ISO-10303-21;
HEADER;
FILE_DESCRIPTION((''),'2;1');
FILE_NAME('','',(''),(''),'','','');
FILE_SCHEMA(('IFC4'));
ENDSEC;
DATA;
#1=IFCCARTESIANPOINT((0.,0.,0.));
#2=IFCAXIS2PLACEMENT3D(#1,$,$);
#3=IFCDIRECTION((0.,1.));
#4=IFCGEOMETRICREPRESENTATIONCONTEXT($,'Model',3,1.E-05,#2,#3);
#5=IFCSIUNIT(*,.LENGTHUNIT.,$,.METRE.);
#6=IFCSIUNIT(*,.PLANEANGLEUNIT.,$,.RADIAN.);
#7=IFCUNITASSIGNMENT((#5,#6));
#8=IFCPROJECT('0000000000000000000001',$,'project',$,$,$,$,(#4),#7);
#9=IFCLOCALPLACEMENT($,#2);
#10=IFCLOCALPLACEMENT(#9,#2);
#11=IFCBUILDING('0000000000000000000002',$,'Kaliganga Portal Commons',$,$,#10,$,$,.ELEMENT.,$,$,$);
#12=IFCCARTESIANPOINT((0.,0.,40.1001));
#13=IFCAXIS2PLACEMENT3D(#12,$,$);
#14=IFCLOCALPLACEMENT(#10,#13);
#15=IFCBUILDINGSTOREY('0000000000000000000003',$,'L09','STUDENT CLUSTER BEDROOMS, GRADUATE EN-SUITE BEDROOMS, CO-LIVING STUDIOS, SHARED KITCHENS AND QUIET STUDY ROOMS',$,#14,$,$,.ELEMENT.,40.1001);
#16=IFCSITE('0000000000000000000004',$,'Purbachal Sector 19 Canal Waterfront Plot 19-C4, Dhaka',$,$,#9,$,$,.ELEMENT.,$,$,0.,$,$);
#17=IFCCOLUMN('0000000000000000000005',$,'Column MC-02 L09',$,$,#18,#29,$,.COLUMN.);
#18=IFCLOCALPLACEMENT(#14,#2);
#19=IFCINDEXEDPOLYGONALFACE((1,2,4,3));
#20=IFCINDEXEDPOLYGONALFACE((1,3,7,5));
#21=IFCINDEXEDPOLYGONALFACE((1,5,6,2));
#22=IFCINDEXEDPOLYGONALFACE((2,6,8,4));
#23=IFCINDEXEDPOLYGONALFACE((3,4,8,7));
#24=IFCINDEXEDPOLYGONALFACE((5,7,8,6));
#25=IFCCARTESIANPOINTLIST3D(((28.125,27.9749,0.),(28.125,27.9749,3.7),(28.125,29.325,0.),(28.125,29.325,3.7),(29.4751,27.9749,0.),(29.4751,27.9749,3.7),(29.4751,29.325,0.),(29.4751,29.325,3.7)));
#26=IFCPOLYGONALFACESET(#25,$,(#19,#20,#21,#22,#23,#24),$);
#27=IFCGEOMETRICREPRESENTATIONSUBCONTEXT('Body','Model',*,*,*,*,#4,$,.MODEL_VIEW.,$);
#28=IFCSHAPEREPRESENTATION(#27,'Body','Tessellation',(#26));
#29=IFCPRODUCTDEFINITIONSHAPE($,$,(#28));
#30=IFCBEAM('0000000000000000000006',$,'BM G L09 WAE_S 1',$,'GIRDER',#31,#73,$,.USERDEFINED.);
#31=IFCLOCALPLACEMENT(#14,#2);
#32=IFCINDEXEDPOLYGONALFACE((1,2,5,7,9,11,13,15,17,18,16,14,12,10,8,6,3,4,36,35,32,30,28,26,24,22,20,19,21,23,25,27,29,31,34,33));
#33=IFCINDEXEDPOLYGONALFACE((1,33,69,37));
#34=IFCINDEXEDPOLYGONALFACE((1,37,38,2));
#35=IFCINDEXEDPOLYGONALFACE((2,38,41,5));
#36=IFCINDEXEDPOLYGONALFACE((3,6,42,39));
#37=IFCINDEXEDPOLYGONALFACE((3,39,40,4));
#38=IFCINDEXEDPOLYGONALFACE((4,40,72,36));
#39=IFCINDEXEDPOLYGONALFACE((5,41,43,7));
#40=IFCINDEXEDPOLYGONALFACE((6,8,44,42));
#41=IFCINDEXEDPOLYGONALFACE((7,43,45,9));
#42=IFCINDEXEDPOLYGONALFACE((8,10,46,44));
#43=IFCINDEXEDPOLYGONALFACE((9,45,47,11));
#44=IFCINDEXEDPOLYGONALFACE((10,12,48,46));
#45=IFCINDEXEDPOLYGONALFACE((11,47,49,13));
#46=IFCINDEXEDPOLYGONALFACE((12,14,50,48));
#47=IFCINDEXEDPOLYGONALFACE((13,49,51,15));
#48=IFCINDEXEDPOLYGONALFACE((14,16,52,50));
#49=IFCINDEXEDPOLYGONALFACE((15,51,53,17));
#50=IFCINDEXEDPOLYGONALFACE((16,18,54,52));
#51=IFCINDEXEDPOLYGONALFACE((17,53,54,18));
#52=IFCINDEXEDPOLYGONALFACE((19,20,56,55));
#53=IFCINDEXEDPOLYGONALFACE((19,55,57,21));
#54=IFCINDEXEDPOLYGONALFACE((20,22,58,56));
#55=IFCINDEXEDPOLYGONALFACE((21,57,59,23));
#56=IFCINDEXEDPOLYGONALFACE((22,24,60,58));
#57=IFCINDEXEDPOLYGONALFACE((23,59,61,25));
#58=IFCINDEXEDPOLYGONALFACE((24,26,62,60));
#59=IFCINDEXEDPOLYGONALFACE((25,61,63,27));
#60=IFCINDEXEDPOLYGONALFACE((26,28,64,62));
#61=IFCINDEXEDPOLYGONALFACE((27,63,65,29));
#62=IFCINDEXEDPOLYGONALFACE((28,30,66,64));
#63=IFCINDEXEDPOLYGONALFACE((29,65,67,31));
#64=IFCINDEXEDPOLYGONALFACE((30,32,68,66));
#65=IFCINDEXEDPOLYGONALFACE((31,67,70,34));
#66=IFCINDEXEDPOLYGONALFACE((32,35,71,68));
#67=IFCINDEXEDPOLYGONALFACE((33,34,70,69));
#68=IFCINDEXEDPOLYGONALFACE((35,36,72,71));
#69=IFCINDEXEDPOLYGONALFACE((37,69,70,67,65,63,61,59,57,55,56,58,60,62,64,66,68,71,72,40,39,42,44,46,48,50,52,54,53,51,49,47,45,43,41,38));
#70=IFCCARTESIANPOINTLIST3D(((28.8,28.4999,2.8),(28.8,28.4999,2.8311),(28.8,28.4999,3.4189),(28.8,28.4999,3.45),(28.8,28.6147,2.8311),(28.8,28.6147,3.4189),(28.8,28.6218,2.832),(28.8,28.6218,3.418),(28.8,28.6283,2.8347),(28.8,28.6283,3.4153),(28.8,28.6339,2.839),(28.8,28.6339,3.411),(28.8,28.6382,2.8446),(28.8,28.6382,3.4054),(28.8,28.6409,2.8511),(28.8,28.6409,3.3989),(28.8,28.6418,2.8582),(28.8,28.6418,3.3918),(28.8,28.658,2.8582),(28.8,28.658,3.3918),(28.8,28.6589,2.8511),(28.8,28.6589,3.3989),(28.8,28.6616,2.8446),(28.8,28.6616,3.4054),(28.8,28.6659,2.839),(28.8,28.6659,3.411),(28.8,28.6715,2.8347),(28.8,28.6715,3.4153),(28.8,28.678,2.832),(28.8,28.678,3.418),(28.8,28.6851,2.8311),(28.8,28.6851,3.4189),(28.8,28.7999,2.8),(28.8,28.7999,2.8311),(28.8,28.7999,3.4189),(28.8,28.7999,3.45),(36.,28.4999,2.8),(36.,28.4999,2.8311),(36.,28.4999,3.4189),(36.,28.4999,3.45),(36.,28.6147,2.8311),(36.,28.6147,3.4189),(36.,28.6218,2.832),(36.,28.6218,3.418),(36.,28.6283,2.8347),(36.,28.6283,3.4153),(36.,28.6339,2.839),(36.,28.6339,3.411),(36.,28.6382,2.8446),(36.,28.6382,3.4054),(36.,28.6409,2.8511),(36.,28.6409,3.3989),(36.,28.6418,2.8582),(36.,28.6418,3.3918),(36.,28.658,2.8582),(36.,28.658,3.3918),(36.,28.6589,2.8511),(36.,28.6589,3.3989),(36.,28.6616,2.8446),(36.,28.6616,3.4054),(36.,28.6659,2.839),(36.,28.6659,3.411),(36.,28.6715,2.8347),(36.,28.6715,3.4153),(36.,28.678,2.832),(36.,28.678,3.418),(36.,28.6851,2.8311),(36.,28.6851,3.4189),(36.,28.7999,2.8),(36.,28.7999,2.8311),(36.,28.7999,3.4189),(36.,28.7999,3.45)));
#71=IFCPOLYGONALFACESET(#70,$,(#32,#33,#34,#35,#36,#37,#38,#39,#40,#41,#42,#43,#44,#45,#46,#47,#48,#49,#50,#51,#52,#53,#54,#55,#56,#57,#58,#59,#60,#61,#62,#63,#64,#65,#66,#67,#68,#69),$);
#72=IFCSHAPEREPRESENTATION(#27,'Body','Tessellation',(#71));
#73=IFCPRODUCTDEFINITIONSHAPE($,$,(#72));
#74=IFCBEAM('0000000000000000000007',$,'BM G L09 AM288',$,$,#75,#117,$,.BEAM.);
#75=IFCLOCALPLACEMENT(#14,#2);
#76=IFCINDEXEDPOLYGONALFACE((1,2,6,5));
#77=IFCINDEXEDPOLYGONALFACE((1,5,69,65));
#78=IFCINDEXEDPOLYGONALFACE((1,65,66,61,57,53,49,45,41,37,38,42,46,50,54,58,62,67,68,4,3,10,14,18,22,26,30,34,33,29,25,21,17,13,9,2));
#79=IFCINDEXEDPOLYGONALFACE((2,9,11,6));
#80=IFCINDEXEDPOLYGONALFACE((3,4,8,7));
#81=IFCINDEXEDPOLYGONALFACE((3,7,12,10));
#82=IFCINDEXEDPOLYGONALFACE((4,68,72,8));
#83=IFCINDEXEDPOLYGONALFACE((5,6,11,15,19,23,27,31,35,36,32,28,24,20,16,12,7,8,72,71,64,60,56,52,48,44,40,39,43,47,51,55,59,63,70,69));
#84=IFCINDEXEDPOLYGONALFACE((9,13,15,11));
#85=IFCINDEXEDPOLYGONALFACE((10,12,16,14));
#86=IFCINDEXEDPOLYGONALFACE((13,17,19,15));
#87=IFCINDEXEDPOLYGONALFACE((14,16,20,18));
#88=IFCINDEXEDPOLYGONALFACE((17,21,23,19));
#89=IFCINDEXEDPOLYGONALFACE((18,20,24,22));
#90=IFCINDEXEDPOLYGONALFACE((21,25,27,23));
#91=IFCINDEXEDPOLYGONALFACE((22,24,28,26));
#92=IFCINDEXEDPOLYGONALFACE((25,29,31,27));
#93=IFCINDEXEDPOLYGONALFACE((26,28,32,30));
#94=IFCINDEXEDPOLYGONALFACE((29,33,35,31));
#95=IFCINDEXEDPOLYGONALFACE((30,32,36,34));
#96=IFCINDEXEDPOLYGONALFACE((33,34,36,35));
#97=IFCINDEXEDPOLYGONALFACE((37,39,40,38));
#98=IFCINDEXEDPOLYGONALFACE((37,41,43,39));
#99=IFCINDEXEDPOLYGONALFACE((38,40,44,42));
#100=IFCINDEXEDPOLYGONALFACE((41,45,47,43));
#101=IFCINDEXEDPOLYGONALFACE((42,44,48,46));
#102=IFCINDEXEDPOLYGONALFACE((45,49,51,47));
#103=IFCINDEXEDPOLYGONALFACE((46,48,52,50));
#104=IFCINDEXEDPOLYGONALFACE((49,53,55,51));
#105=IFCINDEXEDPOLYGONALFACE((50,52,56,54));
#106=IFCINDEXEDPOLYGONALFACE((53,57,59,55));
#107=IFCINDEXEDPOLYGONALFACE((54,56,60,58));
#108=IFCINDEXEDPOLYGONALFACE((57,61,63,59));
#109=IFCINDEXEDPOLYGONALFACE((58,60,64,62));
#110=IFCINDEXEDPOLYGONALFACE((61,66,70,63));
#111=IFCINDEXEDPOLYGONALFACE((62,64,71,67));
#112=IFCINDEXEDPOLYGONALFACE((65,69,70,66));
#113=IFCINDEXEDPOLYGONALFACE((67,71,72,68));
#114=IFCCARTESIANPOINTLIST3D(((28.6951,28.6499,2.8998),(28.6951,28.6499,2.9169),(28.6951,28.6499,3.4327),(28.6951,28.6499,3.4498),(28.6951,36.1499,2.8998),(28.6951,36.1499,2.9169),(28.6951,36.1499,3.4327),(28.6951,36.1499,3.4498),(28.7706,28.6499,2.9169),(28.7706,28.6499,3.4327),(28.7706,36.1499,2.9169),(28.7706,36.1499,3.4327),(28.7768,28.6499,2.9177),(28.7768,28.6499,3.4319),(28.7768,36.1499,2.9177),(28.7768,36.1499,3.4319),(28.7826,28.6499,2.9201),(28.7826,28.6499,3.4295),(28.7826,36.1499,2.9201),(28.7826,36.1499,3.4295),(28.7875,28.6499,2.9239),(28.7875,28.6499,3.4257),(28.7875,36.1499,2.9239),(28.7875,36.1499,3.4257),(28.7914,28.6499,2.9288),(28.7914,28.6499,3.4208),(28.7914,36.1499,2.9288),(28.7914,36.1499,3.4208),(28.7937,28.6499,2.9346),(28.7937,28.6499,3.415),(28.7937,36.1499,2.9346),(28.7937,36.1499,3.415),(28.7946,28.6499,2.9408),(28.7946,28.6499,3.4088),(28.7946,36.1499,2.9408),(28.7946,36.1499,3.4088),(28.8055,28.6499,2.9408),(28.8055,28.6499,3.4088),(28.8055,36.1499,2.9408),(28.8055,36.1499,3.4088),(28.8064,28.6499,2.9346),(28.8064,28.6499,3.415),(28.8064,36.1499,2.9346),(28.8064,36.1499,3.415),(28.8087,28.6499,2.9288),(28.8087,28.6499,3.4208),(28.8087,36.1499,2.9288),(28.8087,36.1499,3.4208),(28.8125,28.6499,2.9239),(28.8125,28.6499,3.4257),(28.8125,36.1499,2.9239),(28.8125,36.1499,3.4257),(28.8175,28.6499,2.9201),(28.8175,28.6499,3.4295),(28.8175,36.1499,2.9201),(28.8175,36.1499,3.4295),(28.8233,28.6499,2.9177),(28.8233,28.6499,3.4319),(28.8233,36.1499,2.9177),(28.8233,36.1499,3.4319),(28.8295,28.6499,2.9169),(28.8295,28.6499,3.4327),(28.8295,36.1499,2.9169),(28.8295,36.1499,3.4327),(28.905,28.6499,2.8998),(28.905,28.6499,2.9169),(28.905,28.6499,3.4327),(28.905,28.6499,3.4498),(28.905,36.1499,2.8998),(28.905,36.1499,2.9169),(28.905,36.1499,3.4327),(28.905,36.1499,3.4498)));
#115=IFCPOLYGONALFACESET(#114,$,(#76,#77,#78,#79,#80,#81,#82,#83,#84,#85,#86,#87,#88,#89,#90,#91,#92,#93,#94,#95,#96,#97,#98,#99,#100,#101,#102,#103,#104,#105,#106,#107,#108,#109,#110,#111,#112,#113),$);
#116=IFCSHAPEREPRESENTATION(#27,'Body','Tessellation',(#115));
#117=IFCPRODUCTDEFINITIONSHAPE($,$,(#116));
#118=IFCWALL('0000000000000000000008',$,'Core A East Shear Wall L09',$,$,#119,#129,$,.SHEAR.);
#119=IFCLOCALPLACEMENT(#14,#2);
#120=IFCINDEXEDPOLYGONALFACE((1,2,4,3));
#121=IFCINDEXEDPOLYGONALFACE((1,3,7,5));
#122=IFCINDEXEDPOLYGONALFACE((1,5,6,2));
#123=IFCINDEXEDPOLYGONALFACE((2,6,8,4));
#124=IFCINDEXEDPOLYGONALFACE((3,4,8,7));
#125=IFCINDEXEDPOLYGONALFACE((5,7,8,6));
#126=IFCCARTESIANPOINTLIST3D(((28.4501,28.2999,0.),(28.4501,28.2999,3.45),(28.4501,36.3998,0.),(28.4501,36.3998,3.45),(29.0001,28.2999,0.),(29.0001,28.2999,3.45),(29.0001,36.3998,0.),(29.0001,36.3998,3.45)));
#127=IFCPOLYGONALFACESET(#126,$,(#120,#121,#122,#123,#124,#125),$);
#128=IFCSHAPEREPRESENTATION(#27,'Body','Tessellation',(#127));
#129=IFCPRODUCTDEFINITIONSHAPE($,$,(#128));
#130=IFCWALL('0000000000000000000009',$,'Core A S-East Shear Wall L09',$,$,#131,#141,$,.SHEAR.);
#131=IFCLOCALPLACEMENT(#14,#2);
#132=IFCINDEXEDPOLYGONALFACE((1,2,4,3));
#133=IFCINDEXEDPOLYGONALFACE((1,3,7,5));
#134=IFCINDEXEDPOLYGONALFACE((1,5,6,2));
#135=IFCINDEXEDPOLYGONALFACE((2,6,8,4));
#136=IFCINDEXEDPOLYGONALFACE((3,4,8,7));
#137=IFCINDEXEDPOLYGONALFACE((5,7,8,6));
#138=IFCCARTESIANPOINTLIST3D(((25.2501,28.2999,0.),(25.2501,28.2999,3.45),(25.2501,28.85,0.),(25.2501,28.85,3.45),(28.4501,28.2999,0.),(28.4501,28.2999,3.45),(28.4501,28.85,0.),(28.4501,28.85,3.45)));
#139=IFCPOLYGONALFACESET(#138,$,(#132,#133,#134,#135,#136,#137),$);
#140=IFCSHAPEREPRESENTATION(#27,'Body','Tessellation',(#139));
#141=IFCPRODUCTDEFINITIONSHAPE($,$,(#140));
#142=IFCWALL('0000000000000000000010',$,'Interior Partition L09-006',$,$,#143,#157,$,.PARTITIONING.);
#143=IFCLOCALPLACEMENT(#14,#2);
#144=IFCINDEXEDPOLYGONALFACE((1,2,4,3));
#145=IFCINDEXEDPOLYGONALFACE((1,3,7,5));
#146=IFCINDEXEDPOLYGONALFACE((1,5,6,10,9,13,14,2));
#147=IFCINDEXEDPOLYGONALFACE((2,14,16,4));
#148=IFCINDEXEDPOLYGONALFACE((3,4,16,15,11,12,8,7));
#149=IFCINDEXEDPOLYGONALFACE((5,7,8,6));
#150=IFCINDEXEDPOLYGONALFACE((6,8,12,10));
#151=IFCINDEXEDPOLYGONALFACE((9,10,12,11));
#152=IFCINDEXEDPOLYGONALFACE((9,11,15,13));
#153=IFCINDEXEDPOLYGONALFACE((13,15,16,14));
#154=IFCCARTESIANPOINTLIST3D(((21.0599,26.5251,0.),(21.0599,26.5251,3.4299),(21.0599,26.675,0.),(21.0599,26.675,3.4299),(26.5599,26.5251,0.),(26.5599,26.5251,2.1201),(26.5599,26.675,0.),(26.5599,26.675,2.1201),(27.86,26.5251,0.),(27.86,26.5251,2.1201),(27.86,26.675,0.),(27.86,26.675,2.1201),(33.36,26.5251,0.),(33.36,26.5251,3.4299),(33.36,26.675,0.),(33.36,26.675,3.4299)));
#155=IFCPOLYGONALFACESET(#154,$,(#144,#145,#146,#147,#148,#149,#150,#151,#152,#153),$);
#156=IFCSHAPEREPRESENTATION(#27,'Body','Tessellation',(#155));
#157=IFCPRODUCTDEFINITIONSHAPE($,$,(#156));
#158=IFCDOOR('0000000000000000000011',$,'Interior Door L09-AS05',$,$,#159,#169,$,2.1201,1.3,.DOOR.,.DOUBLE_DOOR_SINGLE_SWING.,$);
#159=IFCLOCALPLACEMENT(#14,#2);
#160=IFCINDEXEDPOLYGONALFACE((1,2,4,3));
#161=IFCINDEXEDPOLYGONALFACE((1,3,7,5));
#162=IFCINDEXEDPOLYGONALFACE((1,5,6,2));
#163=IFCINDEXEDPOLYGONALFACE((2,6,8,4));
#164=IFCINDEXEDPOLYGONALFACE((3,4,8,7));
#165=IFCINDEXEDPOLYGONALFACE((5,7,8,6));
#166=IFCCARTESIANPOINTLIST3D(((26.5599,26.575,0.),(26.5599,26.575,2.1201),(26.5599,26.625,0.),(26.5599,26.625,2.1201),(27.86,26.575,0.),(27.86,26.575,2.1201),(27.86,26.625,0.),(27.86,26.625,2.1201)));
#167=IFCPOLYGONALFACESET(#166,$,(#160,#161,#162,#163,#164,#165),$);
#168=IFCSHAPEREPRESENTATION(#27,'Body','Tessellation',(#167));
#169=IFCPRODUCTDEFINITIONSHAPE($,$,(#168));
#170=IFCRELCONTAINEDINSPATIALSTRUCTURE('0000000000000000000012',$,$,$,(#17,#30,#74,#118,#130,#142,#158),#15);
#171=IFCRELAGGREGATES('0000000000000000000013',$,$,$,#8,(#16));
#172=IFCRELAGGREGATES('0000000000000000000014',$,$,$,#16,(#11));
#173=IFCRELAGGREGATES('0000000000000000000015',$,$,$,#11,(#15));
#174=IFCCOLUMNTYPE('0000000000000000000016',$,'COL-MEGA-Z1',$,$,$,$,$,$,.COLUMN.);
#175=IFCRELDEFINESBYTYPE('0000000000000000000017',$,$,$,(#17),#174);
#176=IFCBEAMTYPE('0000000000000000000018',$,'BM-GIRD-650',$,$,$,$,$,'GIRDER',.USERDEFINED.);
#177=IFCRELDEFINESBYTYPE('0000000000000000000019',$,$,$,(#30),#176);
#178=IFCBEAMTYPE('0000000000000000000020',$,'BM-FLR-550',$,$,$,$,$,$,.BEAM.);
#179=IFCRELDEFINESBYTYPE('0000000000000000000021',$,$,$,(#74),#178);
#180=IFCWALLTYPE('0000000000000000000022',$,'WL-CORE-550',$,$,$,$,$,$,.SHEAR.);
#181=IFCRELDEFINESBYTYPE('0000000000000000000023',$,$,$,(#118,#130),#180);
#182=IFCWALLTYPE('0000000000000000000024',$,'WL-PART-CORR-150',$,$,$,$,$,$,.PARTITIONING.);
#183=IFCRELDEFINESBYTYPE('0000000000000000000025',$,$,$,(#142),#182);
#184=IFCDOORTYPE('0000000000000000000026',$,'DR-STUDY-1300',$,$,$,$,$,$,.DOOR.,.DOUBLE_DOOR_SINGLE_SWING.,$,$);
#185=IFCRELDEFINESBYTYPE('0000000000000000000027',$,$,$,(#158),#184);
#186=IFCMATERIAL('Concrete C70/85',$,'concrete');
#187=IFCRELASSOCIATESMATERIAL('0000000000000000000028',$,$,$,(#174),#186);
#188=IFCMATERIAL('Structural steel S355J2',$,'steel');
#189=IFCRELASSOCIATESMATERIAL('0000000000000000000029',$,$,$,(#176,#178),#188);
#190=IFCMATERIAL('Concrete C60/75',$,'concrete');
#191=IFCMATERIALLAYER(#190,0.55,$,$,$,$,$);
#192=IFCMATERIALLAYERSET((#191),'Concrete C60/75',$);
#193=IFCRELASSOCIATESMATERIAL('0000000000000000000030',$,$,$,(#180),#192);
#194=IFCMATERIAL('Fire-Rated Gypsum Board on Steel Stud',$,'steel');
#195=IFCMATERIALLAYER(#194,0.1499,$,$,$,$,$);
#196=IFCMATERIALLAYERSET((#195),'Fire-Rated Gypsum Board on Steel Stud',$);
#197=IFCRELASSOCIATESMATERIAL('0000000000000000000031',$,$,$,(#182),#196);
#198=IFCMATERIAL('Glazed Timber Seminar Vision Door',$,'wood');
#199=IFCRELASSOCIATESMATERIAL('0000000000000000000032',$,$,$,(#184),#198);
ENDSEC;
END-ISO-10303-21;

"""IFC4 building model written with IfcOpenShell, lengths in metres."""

from ifc_helpers import new_model, si_unit, direction, frame, frame_2d, origin, origin_2d, place, context, subcontext, project, spatial, rectangle, i_section, extrude, source, transform, mapped, material, layer, layer_set, material_profile, profile_set, type_object, element, fill, save


model = new_model("IFC4")

# Units and contexts
model_context = context("Model", 3, precision=1e-05, world=origin(), true_north=direction((0.0, 1.0)))
body_context = subcontext(model_context, "Body", "Model", "MODEL_VIEW")
ifc_project = project(units=[si_unit("LENGTHUNIT", "METRE"), si_unit("PLANEANGLEUNIT", "RADIAN")], contexts=[model_context])

# Site, building, storey
site_placement = place(None, origin())
site = spatial("IfcSite", under=ifc_project, at=site_placement, Name="Purbachal Sector 19 Canal Waterfront Plot 19-C4, Dhaka", CompositionType="ELEMENT", RefElevation=0.0)
building_placement = place(site_placement, origin())
building = spatial("IfcBuilding", under=site, at=building_placement, Name="Kaliganga Portal Commons", CompositionType="ELEMENT")
storey_placement = place(building_placement, frame((0.0, 0.0, 40.1001)))
storey = spatial("IfcBuildingStorey", under=building, at=storey_placement, Name="L09", Description="STUDENT CLUSTER BEDROOMS, GRADUATE EN-SUITE BEDROOMS, CO-LIVING STUDIOS, SHARED KITCHENS AND QUIET STUDY ROOMS", CompositionType="ELEMENT", Elevation=40.1001)

# Column
ifc_material_1 = material(Name="Concrete C70/85", Category="concrete")
ifc_material_profile_1 = material_profile(ifc_material_1, rectangle(XDim=1.3501, YDim=1.3501, at=origin_2d()), Name="RC 1350x1350")
ifc_profile_set_1 = profile_set([ifc_material_profile_1], Name="Concrete C70/85")
column_type = type_object("IfcColumnType", Name="COL-MEGA-Z1", PredefinedType="COLUMN", material=ifc_profile_set_1)
shared_shape_1 = source(origin(), body_context, "Body", "SweptSolid", [
    extrude(rectangle(XDim=1.3501, YDim=1.3501, at=origin_2d()), origin(), (0.0, 0.0, 1.0), 3.7),
])
column_placement = place(storey_placement, frame((28.8, 28.6499, 0.0), z_axis=(0.0, 0.0, 1.0), x_axis=(1.0, 0.0, 0.0)))
element("IfcColumn", 1, at=column_placement, inside=storey, type_object=column_type, Name="Column MC-02 L09", PredefinedType="COLUMN", context=body_context, shape_type="MappedRepresentation", body=[
    mapped(shared_shape_1, transform((0.0, 0.0, 0.0), x_axis=(1.0, 0.0, 0.0), y_axis=(0.0, 1.0, 0.0), z_axis=(0.0, 0.0, 1.0), scale=1.0)),
])

# Beams
ifc_material_2 = material(Name="Structural steel S355J2", Category="steel")
ifc_material_profile_2 = material_profile(ifc_material_2, i_section(OverallWidth=0.3, OverallDepth=0.6499, WebThickness=0.0161, FlangeThickness=0.031, FilletRadius=0.0271, at=origin_2d()), Name="HE 650 B")
ifc_profile_set_2 = profile_set([ifc_material_profile_2], Name="Structural steel S355J2 wide-flange")
beam_type_1 = type_object("IfcBeamType", Name="BM-GIRD-650", ElementType="GIRDER", PredefinedType="USERDEFINED", material=ifc_profile_set_2)
shared_shape_2 = source(origin(), body_context, "Body", "SweptSolid", [
    extrude(i_section(OverallWidth=0.3, OverallDepth=0.6499, WebThickness=0.0161, FlangeThickness=0.031, FilletRadius=0.0271, at=origin_2d()), origin(), (0.0, 0.0, 1.0), 7.2),
])
beam_1_placement = place(storey_placement, frame((28.8, 28.6499, 3.125), z_axis=(1.0, 0.0, 0.0), x_axis=(0.0, 1.0, 0.0)))
element("IfcBeam", 2, at=beam_1_placement, inside=storey, type_object=beam_type_1, Name="BM G L09 WAE_S 1", ObjectType="GIRDER", PredefinedType="USERDEFINED", context=body_context, shape_type="MappedRepresentation", body=[
    mapped(shared_shape_2, transform((0.0, 0.0, 0.0), x_axis=(1.0, 0.0, 0.0), y_axis=(0.0, 1.0, 0.0), z_axis=(0.0, 0.0, 1.0), scale=1.0)),
])
ifc_material_profile_3 = material_profile(ifc_material_2, i_section(OverallWidth=0.21, OverallDepth=0.55, WebThickness=0.011, FlangeThickness=0.0171, FilletRadius=0.0239, at=origin_2d()), Name="IPE 550")
ifc_profile_set_3 = profile_set([ifc_material_profile_3], Name="Structural steel S355J2 wide-flange")
beam_type_2 = type_object("IfcBeamType", Name="BM-FLR-550", PredefinedType="BEAM", material=ifc_profile_set_3)
shared_shape_3 = source(origin(), body_context, "Body", "SweptSolid", [
    extrude(i_section(OverallWidth=0.21, OverallDepth=0.55, WebThickness=0.011, FlangeThickness=0.0171, FilletRadius=0.0239, at=origin_2d()), origin(), (0.0, 0.0, 1.0), 7.5),
])
beam_2_placement = place(storey_placement, frame((28.8, 28.6499, 3.1748), z_axis=(0.0, 1.0, 0.0), x_axis=(-1.0, 0.0, 0.0)))
element("IfcBeam", 3, at=beam_2_placement, inside=storey, type_object=beam_type_2, Name="BM G L09 AM288", PredefinedType="BEAM", context=body_context, shape_type="MappedRepresentation", body=[
    mapped(shared_shape_3, transform((0.0, 0.0, 0.0), x_axis=(1.0, 0.0, 0.0), y_axis=(0.0, 1.0, 0.0), z_axis=(0.0, 0.0, 1.0), scale=1.0)),
])

# Walls
ifc_material_3 = material(Name="Concrete C60/75", Category="concrete")
ifc_layer_1 = layer(ifc_material_3, 0.55)
ifc_layer_set_1 = layer_set([ifc_layer_1], Name="Concrete C60/75")
wall_type_1 = type_object("IfcWallType", Name="WL-CORE-550", PredefinedType="SHEAR", material=ifc_layer_set_1)
wall_1_placement = place(storey_placement, frame((28.7251, 28.3, 0.0), z_axis=(0.0, 0.0, 1.0), x_axis=(0.0, 1.0, 0.0)))
element("IfcWall", 4, at=wall_1_placement, inside=storey, type_object=wall_type_1, Name="Core A East Shear Wall L09", PredefinedType="SHEAR", context=body_context, shape_type="SweptSolid", body=[
    extrude(rectangle(XDim=8.0999, YDim=0.55, at=frame_2d((4.0498, 0.0))), origin(), (0.0, 0.0, 1.0), 3.45),
])
wall_2_placement = place(storey_placement, frame((25.25, 28.575, 0.0), z_axis=(0.0, 0.0, 1.0), x_axis=(1.0, 0.0, 0.0)))
element("IfcWall", 5, at=wall_2_placement, inside=storey, type_object=wall_type_1, Name="Core A S-East Shear Wall L09", PredefinedType="SHEAR", context=body_context, shape_type="SweptSolid", body=[
    extrude(rectangle(XDim=3.2, YDim=0.55, at=frame_2d((1.6001, 0.0))), origin(), (0.0, 0.0, 1.0), 3.45),
])

# Wall, opening, door
ifc_material_4 = material(Name="Fire-Rated Gypsum Board on Steel Stud", Category="steel")
ifc_layer_2 = layer(ifc_material_4, 0.1499)
ifc_layer_set_2 = layer_set([ifc_layer_2], Name="Fire-Rated Gypsum Board on Steel Stud")
wall_type_2 = type_object("IfcWallType", Name="WL-PART-CORR-150", PredefinedType="PARTITIONING", material=ifc_layer_set_2)
wall_3_placement = place(storey_placement, frame((21.0601, 26.6001, 0.0), z_axis=(0.0, 0.0, 1.0), x_axis=(1.0, 0.0, 0.0)))
wall_3 = element("IfcWall", 6, at=wall_3_placement, inside=storey, type_object=wall_type_2, Name="Interior Partition L09-006", PredefinedType="PARTITIONING", context=body_context, shape_type="SweptSolid", body=[
    extrude(rectangle(XDim=12.3, YDim=0.1499, at=frame_2d((6.1499, 0.0))), origin(), (0.0, 0.0, 1.0), 3.4299),
])
opening_1_placement = place(wall_3_placement, frame((5.5, 0.0, 0.0)))
opening_1 = element("IfcOpeningElement", 7, at=opening_1_placement, cuts=wall_3, PredefinedType="OPENING", context=body_context, shape_type="SweptSolid", body=[
    extrude(rectangle(XDim=1.3, YDim=2.1201, at=frame_2d((0.6499, 1.0601))), frame((0.0, 0.085, 0.0), z_axis=(0.0, -1.0, 0.0), x_axis=(1.0, 0.0, 0.0)), (0.0, 0.0, 1.0), 0.1699),
])
ifc_material_5 = material(Name="Glazed Timber Seminar Vision Door", Category="wood")
door_type_1 = type_object("IfcDoorType", Name="DR-STUDY-1300", OperationType="DOUBLE_DOOR_SINGLE_SWING", PredefinedType="DOOR", material=ifc_material_5)
door_1_placement = place(opening_1_placement, origin())
door_1 = element("IfcDoor", 8, at=door_1_placement, inside=storey, type_object=door_type_1, Name="Interior Door L09-AS05", OperationType="DOUBLE_DOOR_SINGLE_SWING", OverallHeight=2.1201, OverallWidth=1.3, PredefinedType="DOOR", context=body_context, shape_type="SweptSolid", body=[
    extrude(rectangle(XDim=1.3, YDim=2.1201, at=frame_2d((0.6499, 1.0601))), frame((0.0, 0.0249, 0.0), z_axis=(0.0, -1.0, 0.0), x_axis=(1.0, 0.0, 0.0)), (0.0, 0.0, 1.0), 0.05),
])
fill(opening_1, door_1)

save(model, "model.ifc")
